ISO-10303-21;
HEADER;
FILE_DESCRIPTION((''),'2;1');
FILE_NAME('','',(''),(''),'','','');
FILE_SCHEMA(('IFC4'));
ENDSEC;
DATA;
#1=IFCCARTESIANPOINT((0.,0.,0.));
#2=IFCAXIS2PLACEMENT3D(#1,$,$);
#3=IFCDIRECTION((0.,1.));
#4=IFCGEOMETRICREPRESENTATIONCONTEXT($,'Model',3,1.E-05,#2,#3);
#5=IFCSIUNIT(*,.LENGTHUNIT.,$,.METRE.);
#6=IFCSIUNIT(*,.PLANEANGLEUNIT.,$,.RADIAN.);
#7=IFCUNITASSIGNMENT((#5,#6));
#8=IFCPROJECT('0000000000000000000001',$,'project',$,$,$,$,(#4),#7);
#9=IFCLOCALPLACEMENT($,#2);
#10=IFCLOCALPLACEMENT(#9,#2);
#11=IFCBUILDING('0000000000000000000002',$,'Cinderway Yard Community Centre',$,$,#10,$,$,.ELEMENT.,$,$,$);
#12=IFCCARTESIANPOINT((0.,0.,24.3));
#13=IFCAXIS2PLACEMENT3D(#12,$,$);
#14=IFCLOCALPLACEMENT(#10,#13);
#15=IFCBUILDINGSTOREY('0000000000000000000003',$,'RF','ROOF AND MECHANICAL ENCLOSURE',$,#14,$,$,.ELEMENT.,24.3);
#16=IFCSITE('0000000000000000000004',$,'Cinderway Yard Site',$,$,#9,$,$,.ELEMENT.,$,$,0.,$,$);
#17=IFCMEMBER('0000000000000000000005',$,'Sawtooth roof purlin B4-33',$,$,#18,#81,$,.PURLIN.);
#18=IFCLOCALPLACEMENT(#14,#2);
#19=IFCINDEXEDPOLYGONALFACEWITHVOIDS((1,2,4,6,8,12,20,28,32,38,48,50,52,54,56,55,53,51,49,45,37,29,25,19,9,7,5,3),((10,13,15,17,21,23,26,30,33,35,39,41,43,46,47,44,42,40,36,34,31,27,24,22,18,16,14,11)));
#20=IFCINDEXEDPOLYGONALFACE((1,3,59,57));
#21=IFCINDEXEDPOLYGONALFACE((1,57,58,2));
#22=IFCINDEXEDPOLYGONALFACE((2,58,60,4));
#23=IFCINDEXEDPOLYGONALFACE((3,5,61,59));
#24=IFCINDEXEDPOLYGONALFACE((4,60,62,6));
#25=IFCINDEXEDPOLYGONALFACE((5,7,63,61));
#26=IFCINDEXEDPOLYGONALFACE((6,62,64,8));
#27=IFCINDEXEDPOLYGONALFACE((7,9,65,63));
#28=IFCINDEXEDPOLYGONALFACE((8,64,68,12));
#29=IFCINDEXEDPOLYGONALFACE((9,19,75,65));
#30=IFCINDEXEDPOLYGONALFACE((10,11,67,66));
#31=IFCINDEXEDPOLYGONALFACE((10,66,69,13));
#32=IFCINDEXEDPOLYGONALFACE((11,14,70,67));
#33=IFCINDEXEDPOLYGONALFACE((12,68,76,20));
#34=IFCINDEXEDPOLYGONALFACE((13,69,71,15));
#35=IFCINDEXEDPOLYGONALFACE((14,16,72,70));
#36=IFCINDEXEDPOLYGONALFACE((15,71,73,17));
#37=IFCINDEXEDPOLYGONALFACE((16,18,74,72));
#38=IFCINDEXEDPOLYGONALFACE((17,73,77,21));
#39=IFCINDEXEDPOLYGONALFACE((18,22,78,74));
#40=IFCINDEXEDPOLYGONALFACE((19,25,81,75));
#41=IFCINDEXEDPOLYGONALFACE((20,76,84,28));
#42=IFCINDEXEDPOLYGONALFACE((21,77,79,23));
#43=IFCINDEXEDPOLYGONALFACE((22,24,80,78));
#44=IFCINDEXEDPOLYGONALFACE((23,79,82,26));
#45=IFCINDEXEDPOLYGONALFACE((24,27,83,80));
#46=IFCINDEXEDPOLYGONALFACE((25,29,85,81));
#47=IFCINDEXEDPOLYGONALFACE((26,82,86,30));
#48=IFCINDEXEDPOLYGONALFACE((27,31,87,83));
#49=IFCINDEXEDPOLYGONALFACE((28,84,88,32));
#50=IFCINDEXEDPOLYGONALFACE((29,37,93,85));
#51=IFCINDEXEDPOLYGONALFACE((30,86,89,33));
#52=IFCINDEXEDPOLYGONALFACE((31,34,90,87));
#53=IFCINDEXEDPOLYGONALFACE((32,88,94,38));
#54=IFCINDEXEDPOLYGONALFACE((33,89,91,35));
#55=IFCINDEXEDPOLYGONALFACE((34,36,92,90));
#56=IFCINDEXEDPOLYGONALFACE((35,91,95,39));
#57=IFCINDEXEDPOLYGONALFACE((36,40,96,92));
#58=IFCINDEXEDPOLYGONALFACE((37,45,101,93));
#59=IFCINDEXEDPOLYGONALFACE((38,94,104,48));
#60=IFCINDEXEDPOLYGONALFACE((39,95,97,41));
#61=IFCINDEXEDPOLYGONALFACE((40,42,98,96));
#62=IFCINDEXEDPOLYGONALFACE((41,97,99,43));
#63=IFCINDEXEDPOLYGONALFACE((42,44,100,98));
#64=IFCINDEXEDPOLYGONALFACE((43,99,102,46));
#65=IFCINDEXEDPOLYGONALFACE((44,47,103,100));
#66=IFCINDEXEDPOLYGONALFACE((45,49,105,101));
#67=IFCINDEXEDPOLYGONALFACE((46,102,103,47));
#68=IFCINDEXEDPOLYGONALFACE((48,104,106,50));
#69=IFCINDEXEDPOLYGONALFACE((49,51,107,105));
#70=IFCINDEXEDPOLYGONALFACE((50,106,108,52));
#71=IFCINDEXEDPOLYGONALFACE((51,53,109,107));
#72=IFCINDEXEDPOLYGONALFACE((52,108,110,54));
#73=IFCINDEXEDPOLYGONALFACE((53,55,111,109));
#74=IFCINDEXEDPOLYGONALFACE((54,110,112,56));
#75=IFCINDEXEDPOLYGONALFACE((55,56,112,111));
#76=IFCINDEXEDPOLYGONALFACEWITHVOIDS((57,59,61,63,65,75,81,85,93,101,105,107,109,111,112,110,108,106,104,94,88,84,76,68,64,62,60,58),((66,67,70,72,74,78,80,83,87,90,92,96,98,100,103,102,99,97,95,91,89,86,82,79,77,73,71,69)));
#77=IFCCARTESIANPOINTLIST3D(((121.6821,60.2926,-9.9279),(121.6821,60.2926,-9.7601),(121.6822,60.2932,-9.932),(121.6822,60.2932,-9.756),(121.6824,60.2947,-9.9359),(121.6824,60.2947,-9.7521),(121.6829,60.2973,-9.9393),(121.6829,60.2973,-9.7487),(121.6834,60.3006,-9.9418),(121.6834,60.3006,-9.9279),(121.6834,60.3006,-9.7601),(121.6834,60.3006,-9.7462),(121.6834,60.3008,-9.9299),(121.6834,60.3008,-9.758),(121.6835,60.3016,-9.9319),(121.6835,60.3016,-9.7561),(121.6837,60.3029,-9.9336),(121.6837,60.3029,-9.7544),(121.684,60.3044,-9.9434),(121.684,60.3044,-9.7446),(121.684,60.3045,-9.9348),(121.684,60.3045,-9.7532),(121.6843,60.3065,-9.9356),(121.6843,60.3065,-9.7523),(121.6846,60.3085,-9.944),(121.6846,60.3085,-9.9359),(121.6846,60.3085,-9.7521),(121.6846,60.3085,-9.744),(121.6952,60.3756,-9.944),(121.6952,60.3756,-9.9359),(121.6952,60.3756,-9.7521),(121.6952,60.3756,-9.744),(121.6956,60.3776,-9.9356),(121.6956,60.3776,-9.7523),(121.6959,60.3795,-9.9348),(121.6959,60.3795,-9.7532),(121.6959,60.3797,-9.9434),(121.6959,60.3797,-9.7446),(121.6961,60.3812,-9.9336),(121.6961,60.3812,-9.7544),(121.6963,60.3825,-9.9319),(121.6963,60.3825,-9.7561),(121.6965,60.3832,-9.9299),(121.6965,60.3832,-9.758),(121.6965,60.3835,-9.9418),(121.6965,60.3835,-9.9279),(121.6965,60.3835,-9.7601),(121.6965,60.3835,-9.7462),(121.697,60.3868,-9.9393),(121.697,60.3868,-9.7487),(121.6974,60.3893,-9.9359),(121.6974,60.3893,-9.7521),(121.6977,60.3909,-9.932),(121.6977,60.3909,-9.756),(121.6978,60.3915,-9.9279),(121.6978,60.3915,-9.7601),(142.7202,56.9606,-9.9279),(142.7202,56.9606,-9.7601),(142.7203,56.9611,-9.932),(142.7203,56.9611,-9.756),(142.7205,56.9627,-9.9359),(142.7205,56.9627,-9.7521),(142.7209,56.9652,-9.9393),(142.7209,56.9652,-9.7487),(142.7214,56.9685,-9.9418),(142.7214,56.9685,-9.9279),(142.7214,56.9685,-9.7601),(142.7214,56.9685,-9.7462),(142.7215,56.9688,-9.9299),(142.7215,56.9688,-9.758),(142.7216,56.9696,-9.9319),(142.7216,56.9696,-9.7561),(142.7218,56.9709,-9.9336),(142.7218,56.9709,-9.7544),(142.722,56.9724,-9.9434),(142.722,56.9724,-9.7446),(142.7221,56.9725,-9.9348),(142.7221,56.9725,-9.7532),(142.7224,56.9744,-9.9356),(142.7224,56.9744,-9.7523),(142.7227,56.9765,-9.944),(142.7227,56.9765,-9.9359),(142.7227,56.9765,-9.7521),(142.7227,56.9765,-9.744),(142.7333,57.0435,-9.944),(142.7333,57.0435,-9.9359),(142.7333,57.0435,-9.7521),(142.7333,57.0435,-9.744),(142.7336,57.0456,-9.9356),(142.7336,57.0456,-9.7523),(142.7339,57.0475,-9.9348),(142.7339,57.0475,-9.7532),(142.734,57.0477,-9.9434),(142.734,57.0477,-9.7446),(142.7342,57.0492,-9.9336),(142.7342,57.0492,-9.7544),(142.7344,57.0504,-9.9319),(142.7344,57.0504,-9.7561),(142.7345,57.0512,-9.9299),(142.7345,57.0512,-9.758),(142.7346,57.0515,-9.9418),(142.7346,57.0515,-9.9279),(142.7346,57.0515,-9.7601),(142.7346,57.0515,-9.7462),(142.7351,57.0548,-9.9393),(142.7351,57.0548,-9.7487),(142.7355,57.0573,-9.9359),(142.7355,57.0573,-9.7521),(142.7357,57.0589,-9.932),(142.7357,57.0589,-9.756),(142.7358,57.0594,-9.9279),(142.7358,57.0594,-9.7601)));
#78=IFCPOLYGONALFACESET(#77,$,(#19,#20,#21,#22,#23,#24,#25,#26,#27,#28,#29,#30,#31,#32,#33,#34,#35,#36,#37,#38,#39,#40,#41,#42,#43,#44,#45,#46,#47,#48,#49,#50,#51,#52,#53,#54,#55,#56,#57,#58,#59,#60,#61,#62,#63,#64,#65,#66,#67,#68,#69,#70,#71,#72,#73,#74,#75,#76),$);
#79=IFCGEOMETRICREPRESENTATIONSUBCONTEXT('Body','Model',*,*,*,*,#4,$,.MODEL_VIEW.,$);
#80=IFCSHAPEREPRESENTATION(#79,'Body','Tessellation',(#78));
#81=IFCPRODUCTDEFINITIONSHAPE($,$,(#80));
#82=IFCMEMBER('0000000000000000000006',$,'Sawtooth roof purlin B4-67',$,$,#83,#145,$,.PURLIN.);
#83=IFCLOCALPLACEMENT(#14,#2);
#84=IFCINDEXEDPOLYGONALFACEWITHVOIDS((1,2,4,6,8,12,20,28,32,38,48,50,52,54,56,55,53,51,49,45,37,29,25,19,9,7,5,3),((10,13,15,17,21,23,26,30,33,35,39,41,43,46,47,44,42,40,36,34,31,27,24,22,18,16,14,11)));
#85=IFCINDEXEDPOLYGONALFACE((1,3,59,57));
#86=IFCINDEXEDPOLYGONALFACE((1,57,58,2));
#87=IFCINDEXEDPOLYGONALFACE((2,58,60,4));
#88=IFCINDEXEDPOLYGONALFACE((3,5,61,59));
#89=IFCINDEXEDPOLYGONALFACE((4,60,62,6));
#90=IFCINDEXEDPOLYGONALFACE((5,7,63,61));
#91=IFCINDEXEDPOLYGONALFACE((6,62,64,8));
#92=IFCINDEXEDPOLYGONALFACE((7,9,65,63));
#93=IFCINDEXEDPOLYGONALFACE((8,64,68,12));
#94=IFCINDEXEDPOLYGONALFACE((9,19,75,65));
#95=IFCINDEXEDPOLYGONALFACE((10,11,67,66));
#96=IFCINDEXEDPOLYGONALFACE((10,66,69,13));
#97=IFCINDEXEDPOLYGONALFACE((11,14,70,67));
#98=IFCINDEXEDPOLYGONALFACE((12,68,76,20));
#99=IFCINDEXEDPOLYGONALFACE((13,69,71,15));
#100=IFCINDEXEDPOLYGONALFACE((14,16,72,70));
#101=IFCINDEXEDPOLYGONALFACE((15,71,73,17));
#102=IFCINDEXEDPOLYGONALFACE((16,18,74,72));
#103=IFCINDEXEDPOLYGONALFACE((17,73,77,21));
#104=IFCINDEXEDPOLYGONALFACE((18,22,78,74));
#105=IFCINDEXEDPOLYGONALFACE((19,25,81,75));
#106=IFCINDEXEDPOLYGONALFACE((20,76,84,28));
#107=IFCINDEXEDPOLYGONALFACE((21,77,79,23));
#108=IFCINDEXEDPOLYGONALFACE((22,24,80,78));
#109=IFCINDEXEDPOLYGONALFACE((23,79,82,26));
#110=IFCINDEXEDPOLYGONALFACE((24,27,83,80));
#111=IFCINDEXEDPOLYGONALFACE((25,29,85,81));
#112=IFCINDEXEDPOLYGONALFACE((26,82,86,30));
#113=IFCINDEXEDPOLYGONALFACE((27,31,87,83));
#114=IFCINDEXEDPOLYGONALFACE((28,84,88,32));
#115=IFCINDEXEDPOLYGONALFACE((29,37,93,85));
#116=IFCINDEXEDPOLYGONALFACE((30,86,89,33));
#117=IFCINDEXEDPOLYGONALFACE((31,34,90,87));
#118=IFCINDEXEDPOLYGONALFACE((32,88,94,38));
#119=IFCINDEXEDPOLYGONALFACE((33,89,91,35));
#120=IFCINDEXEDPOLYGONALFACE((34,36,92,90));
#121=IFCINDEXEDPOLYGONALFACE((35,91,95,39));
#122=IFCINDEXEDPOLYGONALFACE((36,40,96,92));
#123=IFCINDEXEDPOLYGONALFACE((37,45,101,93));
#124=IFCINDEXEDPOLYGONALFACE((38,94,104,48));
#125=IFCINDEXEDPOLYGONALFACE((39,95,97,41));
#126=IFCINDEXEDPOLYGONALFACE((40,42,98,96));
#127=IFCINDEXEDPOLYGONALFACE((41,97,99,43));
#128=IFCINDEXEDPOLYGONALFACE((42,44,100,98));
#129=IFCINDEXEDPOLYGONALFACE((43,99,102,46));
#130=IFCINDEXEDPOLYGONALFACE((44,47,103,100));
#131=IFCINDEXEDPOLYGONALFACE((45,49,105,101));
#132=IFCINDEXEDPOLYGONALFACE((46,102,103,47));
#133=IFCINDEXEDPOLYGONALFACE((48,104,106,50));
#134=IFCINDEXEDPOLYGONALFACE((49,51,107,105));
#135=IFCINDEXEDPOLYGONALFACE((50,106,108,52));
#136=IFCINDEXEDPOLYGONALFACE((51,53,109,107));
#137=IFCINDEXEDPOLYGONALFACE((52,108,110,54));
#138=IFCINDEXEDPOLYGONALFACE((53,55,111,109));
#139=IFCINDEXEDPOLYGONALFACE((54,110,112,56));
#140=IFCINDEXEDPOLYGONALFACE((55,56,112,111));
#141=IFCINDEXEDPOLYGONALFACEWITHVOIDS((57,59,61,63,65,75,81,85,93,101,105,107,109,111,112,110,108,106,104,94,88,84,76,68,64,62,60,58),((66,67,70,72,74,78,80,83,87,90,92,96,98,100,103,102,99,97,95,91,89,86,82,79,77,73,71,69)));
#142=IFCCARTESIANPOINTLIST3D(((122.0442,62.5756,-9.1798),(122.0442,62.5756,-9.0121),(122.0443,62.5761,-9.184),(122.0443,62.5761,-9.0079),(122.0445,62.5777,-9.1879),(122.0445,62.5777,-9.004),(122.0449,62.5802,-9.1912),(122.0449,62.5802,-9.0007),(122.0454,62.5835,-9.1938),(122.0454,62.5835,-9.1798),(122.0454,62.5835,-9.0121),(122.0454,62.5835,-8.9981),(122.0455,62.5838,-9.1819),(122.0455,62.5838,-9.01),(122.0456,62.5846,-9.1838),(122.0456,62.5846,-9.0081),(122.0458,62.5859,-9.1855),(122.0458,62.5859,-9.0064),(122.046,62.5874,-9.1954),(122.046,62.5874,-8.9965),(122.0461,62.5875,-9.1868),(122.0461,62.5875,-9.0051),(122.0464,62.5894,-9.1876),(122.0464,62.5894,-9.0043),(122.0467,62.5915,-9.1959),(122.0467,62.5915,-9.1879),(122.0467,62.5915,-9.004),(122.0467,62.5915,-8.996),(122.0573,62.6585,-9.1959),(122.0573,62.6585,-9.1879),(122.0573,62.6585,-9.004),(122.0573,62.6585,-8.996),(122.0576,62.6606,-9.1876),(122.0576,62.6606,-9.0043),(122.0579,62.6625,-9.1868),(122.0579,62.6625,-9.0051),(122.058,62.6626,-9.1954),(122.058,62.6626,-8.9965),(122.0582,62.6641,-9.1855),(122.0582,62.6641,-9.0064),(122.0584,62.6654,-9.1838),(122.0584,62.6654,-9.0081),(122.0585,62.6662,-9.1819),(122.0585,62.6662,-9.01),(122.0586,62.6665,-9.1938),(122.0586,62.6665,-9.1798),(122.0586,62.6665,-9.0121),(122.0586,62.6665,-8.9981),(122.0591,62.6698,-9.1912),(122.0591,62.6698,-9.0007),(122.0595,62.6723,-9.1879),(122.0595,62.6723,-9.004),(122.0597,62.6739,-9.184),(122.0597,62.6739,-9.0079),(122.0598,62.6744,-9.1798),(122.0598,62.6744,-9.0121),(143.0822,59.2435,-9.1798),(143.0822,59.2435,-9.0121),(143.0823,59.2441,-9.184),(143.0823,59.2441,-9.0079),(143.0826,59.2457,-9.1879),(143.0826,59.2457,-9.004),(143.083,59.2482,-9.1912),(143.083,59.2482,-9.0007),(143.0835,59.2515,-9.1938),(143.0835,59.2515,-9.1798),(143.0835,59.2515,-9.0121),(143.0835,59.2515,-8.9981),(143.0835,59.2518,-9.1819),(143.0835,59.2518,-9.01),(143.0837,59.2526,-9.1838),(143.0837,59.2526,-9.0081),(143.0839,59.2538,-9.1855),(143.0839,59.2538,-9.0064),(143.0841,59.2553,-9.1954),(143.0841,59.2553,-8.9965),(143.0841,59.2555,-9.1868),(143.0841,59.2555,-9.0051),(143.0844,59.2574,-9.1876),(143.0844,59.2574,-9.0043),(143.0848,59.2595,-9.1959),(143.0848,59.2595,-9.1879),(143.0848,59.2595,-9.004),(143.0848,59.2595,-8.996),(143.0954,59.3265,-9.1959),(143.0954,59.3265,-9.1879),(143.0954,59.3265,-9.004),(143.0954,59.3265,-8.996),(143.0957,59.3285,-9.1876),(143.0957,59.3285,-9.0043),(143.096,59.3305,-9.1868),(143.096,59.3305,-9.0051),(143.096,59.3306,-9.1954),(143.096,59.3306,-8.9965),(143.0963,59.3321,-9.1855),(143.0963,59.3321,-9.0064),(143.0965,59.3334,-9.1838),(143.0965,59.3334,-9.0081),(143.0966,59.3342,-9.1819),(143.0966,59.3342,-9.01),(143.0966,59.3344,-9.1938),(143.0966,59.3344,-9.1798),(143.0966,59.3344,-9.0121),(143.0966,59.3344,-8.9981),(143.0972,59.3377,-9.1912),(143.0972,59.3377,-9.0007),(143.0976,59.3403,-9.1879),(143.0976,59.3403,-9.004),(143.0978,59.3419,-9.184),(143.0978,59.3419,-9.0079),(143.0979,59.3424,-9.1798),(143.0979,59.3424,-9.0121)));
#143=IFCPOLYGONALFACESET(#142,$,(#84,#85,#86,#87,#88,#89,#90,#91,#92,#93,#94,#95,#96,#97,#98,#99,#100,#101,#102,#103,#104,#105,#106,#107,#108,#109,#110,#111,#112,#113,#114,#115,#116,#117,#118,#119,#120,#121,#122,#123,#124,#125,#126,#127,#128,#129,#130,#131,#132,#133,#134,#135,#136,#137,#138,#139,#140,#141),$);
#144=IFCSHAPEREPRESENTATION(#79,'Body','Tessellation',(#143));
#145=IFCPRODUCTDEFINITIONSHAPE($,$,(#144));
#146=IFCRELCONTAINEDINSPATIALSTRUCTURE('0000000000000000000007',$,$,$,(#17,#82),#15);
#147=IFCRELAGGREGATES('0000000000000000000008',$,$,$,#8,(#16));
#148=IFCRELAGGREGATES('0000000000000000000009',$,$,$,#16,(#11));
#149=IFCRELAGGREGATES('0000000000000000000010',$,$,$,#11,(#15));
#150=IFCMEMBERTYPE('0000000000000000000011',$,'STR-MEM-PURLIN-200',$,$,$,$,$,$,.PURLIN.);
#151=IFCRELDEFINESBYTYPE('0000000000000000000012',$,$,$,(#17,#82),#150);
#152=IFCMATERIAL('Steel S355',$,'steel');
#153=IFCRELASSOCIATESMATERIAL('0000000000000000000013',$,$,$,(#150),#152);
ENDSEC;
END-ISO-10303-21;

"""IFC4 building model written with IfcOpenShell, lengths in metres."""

from ifc_helpers import new_model, si_unit, direction, frame, origin, origin_2d, place, context, subcontext, project, spatial, hollow_rectangle, extrude, material, material_profile, profile_set, type_object, element, save


model = new_model("IFC4")

# Units and contexts
model_context = context("Model", 3, precision=1e-05, world=origin(), true_north=direction((0.0, 1.0)))
body_context = subcontext(model_context, "Body", "Model", "MODEL_VIEW")
ifc_project = project(units=[si_unit("LENGTHUNIT", "METRE"), si_unit("PLANEANGLEUNIT", "RADIAN")], contexts=[model_context])

# Site, building, storey
site_placement = place(None, origin())
site = spatial("IfcSite", under=ifc_project, at=site_placement, Name="Cinderway Yard Site", CompositionType="ELEMENT", RefElevation=0.0)
building_placement = place(site_placement, origin())
building = spatial("IfcBuilding", under=site, at=building_placement, Name="Cinderway Yard Community Centre", CompositionType="ELEMENT")
storey_placement = place(building_placement, frame((0.0, 0.0, 24.3)))
storey = spatial("IfcBuildingStorey", under=building, at=storey_placement, Name="RF", Description="ROOF AND MECHANICAL ENCLOSURE", CompositionType="ELEMENT", Elevation=24.3)

# Shared definitions
ifc_material_1 = material(Name="Steel S355", Category="steel")

# Members
ifc_material_profile_1 = material_profile(ifc_material_1, hollow_rectangle(XDim=0.1001, YDim=0.2, WallThickness=0.0081, InnerFilletRadius=0.0081, OuterFilletRadius=0.0161, at=origin_2d()), Name="Steel S355")
ifc_profile_set_1 = profile_set([ifc_material_profile_1], Name="Steel S355")
member_type_1 = type_object("IfcMemberType", Name="STR-MEM-PURLIN-200", PredefinedType="PURLIN", material=ifc_profile_set_1)
for number, where, z_axis, x_axis, name in (
    (1, (121.6899, 60.342, -9.844), (0.987689, -0.156431, 0.0), (0.156431, 0.987689, 0.0), "Sawtooth roof purlin B4-33"),
    (2, (122.052, 62.625, -9.0959), (0.987689, -0.156431, 0.0), (0.156431, 0.987689, 0.0), "Sawtooth roof purlin B4-67"),
):
    element("IfcMember", number, at=place(storey_placement, frame(where, z_axis=z_axis, x_axis=x_axis)), inside=storey, type_object=member_type_1, Name=name, PredefinedType="PURLIN", context=body_context, shape_type="SweptSolid", body=[
        extrude(hollow_rectangle(XDim=0.1001, YDim=0.2, WallThickness=0.0081, InnerFilletRadius=0.0081, OuterFilletRadius=0.0161, at=origin_2d()), origin(), (0.0, 0.0, 1.0), 21.3003),
    ])

save(model, "model.ifc")
